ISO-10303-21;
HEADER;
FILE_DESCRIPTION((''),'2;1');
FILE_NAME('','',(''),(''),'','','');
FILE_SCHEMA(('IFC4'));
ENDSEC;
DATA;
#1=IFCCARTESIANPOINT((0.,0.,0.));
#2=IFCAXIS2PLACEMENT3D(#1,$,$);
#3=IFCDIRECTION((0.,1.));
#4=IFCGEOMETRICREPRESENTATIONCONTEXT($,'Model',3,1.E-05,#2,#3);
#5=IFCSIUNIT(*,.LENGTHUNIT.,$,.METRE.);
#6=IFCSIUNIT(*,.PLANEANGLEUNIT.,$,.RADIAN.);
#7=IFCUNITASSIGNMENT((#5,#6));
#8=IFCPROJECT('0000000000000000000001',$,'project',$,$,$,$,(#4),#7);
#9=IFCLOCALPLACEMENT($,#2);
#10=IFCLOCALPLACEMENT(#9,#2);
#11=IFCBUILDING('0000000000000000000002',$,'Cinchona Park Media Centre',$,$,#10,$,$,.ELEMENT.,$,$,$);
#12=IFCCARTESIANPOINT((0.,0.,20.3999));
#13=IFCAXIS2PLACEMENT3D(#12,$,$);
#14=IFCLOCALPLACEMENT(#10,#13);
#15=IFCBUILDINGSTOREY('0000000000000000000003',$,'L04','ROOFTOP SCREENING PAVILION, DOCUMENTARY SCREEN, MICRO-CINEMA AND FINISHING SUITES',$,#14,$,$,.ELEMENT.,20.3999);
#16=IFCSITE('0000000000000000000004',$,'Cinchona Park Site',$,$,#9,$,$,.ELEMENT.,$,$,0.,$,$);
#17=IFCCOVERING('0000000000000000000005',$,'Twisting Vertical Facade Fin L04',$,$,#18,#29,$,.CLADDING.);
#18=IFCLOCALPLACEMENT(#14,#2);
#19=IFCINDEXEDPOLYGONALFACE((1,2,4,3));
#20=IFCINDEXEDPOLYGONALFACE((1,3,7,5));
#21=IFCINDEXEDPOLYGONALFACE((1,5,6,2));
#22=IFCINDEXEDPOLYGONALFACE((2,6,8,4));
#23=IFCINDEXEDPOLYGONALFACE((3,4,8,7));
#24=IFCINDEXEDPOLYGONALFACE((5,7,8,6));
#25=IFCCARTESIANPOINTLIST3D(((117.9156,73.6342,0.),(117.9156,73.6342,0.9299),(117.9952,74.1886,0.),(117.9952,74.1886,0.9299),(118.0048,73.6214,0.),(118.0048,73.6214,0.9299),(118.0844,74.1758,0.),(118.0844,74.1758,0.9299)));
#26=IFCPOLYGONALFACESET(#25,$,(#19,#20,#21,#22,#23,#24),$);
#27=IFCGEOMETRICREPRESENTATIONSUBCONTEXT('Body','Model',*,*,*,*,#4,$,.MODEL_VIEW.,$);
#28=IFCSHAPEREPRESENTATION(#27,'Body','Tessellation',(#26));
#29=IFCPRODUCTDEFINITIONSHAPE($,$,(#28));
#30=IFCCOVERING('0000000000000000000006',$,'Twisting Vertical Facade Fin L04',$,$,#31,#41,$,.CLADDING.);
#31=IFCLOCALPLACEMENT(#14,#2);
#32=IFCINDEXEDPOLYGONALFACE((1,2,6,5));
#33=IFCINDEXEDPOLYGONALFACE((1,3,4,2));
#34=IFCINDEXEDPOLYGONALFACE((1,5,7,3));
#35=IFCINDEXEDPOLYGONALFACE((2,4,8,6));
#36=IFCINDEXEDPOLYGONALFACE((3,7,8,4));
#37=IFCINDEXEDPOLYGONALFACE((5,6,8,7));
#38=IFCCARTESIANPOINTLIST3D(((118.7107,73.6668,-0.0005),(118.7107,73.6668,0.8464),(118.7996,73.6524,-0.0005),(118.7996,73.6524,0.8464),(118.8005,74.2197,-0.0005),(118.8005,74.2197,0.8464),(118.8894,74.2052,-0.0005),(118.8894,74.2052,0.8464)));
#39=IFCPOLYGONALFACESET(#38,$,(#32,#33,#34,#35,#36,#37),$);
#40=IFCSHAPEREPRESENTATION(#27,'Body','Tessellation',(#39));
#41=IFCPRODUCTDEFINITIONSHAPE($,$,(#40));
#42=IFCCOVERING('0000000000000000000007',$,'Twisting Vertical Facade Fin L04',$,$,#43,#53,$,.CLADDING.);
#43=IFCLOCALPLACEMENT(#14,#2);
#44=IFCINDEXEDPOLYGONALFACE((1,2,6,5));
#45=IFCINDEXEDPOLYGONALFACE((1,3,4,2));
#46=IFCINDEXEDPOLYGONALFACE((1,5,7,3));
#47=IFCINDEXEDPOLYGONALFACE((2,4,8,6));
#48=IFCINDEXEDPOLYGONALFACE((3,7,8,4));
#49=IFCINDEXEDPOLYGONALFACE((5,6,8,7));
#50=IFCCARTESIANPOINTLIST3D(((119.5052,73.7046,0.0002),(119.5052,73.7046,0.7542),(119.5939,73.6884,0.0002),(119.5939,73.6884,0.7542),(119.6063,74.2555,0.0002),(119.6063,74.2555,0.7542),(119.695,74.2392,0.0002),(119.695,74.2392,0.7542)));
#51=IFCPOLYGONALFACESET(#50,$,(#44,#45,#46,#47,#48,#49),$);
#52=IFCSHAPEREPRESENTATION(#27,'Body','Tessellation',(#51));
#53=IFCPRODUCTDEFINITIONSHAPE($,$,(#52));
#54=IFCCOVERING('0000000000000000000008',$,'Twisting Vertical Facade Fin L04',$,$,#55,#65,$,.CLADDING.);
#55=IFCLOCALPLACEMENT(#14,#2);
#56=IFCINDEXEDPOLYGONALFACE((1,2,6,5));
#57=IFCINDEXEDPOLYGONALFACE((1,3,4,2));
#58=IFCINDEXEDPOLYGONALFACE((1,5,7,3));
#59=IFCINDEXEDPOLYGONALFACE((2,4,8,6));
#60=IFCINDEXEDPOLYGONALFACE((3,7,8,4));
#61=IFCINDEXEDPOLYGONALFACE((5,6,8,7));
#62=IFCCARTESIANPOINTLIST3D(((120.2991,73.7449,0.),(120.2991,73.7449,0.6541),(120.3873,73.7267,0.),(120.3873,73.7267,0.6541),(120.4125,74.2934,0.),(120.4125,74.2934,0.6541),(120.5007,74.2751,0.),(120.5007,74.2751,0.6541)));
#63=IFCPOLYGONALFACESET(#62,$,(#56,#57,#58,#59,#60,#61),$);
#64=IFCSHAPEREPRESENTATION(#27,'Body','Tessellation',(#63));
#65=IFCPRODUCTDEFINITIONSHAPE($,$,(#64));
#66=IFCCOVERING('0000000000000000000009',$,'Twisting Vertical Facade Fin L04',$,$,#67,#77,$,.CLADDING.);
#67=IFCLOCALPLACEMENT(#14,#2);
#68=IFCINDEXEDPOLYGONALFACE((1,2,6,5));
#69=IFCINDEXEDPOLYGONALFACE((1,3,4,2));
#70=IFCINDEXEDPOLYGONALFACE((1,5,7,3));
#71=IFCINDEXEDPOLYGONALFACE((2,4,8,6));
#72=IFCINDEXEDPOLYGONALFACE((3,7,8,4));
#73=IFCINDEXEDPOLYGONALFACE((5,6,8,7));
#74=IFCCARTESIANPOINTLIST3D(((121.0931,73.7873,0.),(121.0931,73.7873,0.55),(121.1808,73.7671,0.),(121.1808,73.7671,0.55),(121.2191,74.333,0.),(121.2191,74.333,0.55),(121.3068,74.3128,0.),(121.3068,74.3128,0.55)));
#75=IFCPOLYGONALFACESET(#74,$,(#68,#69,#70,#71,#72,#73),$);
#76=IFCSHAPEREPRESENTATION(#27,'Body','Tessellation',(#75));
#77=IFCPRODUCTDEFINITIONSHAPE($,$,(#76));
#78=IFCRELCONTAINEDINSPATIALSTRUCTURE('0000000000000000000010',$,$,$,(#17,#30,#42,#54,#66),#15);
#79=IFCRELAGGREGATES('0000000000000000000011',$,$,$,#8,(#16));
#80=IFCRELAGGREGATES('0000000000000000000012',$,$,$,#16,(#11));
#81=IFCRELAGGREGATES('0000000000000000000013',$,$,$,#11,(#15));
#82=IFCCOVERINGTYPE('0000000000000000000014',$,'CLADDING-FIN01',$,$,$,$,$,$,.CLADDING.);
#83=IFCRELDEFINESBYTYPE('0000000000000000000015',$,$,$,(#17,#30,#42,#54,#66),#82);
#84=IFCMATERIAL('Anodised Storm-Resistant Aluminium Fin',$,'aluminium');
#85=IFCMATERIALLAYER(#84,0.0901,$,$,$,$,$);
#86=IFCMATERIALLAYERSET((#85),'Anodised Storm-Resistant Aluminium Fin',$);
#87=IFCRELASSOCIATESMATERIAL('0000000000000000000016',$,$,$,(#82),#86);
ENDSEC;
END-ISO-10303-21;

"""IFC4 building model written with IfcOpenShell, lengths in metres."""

from ifc_helpers import new_model, si_unit, direction, frame, origin, origin_2d, place, context, subcontext, project, spatial, rectangle, extrude, material, layer, layer_set, type_object, element, save


model = new_model("IFC4")

# Units and contexts
model_context = context("Model", 3, precision=1e-05, world=origin(), true_north=direction((0.0, 1.0)))
body_context = subcontext(model_context, "Body", "Model", "MODEL_VIEW")
ifc_project = project(units=[si_unit("LENGTHUNIT", "METRE"), si_unit("PLANEANGLEUNIT", "RADIAN")], contexts=[model_context])

# Site, building, storey
site_placement = place(None, origin())
site = spatial("IfcSite", under=ifc_project, at=site_placement, Name="Cinchona Park Site", CompositionType="ELEMENT", RefElevation=0.0)
building_placement = place(site_placement, origin())
building = spatial("IfcBuilding", under=site, at=building_placement, Name="Cinchona Park Media Centre", CompositionType="ELEMENT")
storey_placement = place(building_placement, frame((0.0, 0.0, 20.3999)))
storey = spatial("IfcBuildingStorey", under=building, at=storey_placement, Name="L04", Description="ROOFTOP SCREENING PAVILION, DOCUMENTARY SCREEN, MICRO-CINEMA AND FINISHING SUITES", CompositionType="ELEMENT", Elevation=20.3999)

# Coverings
ifc_material_1 = material(Name="Anodised Storm-Resistant Aluminium Fin", Category="aluminium")
ifc_layer_1 = layer(ifc_material_1, 0.0901)
ifc_layer_set_1 = layer_set([ifc_layer_1], Name="Anodised Storm-Resistant Aluminium Fin")
covering_type = type_object("IfcCoveringType", Name="CLADDING-FIN01", PredefinedType="CLADDING", material=ifc_layer_set_1)
covering_1_placement = place(storey_placement, frame((118.0, 73.905, 0.0), z_axis=(0.0, 0.0, 1.0), x_axis=(0.142111, 0.989851, 0.0)))
element("IfcCovering", 1, at=covering_1_placement, inside=storey, type_object=covering_type, Name="Twisting Vertical Facade Fin L04", PredefinedType="CLADDING", context=body_context, shape_type="SweptSolid", body=[
    extrude(rectangle(XDim=0.5601, YDim=0.0901, at=origin_2d()), origin(), (0.0, 0.0, 1.0), 0.9299),
])
covering_2_placement = place(storey_placement, frame((118.8, 73.936, -0.0005), z_axis=(0.0, 0.0, 1.0), x_axis=(0.160226, 0.98708, 0.0)))
element("IfcCovering", 2, at=covering_2_placement, inside=storey, type_object=covering_type, Name="Twisting Vertical Facade Fin L04", PredefinedType="CLADDING", context=body_context, shape_type="SweptSolid", body=[
    extrude(rectangle(XDim=0.5601, YDim=0.0901, at=origin_2d()), origin(), (0.0, 0.0, 1.0), 0.8469),
])
covering_3_placement = place(storey_placement, frame((119.6001, 73.9719, 0.0002), z_axis=(0.0, 0.0, 1.0), x_axis=(0.180519, 0.983571, 0.0)))
element("IfcCovering", 3, at=covering_3_placement, inside=storey, type_object=covering_type, Name="Twisting Vertical Facade Fin L04", PredefinedType="CLADDING", context=body_context, shape_type="SweptSolid", body=[
    extrude(rectangle(XDim=0.5601, YDim=0.0901, at=origin_2d()), origin(), (0.0, 0.0, 1.0), 0.7539),
])
covering_4_placement = place(storey_placement, frame((120.3999, 74.01, 0.0), z_axis=(0.0, 0.0, 1.0), x_axis=(0.202445, 0.979294, 0.0)))
element("IfcCovering", 4, at=covering_4_placement, inside=storey, type_object=covering_type, Name="Twisting Vertical Facade Fin L04", PredefinedType="CLADDING", context=body_context, shape_type="SweptSolid", body=[
    extrude(rectangle(XDim=0.5601, YDim=0.0901, at=origin_2d()), origin(), (0.0, 0.0, 1.0), 0.6541),
])
covering_5_placement = place(storey_placement, frame((121.2, 74.05, 0.0), z_axis=(0.0, 0.0, 1.0), x_axis=(0.224951, 0.97437, 0.0)))
element("IfcCovering", 5, at=covering_5_placement, inside=storey, type_object=covering_type, Name="Twisting Vertical Facade Fin L04", PredefinedType="CLADDING", context=body_context, shape_type="SweptSolid", body=[
    extrude(rectangle(XDim=0.5601, YDim=0.0901, at=origin_2d()), origin(), (0.0, 0.0, 1.0), 0.55),
])

save(model, "model.ifc")
